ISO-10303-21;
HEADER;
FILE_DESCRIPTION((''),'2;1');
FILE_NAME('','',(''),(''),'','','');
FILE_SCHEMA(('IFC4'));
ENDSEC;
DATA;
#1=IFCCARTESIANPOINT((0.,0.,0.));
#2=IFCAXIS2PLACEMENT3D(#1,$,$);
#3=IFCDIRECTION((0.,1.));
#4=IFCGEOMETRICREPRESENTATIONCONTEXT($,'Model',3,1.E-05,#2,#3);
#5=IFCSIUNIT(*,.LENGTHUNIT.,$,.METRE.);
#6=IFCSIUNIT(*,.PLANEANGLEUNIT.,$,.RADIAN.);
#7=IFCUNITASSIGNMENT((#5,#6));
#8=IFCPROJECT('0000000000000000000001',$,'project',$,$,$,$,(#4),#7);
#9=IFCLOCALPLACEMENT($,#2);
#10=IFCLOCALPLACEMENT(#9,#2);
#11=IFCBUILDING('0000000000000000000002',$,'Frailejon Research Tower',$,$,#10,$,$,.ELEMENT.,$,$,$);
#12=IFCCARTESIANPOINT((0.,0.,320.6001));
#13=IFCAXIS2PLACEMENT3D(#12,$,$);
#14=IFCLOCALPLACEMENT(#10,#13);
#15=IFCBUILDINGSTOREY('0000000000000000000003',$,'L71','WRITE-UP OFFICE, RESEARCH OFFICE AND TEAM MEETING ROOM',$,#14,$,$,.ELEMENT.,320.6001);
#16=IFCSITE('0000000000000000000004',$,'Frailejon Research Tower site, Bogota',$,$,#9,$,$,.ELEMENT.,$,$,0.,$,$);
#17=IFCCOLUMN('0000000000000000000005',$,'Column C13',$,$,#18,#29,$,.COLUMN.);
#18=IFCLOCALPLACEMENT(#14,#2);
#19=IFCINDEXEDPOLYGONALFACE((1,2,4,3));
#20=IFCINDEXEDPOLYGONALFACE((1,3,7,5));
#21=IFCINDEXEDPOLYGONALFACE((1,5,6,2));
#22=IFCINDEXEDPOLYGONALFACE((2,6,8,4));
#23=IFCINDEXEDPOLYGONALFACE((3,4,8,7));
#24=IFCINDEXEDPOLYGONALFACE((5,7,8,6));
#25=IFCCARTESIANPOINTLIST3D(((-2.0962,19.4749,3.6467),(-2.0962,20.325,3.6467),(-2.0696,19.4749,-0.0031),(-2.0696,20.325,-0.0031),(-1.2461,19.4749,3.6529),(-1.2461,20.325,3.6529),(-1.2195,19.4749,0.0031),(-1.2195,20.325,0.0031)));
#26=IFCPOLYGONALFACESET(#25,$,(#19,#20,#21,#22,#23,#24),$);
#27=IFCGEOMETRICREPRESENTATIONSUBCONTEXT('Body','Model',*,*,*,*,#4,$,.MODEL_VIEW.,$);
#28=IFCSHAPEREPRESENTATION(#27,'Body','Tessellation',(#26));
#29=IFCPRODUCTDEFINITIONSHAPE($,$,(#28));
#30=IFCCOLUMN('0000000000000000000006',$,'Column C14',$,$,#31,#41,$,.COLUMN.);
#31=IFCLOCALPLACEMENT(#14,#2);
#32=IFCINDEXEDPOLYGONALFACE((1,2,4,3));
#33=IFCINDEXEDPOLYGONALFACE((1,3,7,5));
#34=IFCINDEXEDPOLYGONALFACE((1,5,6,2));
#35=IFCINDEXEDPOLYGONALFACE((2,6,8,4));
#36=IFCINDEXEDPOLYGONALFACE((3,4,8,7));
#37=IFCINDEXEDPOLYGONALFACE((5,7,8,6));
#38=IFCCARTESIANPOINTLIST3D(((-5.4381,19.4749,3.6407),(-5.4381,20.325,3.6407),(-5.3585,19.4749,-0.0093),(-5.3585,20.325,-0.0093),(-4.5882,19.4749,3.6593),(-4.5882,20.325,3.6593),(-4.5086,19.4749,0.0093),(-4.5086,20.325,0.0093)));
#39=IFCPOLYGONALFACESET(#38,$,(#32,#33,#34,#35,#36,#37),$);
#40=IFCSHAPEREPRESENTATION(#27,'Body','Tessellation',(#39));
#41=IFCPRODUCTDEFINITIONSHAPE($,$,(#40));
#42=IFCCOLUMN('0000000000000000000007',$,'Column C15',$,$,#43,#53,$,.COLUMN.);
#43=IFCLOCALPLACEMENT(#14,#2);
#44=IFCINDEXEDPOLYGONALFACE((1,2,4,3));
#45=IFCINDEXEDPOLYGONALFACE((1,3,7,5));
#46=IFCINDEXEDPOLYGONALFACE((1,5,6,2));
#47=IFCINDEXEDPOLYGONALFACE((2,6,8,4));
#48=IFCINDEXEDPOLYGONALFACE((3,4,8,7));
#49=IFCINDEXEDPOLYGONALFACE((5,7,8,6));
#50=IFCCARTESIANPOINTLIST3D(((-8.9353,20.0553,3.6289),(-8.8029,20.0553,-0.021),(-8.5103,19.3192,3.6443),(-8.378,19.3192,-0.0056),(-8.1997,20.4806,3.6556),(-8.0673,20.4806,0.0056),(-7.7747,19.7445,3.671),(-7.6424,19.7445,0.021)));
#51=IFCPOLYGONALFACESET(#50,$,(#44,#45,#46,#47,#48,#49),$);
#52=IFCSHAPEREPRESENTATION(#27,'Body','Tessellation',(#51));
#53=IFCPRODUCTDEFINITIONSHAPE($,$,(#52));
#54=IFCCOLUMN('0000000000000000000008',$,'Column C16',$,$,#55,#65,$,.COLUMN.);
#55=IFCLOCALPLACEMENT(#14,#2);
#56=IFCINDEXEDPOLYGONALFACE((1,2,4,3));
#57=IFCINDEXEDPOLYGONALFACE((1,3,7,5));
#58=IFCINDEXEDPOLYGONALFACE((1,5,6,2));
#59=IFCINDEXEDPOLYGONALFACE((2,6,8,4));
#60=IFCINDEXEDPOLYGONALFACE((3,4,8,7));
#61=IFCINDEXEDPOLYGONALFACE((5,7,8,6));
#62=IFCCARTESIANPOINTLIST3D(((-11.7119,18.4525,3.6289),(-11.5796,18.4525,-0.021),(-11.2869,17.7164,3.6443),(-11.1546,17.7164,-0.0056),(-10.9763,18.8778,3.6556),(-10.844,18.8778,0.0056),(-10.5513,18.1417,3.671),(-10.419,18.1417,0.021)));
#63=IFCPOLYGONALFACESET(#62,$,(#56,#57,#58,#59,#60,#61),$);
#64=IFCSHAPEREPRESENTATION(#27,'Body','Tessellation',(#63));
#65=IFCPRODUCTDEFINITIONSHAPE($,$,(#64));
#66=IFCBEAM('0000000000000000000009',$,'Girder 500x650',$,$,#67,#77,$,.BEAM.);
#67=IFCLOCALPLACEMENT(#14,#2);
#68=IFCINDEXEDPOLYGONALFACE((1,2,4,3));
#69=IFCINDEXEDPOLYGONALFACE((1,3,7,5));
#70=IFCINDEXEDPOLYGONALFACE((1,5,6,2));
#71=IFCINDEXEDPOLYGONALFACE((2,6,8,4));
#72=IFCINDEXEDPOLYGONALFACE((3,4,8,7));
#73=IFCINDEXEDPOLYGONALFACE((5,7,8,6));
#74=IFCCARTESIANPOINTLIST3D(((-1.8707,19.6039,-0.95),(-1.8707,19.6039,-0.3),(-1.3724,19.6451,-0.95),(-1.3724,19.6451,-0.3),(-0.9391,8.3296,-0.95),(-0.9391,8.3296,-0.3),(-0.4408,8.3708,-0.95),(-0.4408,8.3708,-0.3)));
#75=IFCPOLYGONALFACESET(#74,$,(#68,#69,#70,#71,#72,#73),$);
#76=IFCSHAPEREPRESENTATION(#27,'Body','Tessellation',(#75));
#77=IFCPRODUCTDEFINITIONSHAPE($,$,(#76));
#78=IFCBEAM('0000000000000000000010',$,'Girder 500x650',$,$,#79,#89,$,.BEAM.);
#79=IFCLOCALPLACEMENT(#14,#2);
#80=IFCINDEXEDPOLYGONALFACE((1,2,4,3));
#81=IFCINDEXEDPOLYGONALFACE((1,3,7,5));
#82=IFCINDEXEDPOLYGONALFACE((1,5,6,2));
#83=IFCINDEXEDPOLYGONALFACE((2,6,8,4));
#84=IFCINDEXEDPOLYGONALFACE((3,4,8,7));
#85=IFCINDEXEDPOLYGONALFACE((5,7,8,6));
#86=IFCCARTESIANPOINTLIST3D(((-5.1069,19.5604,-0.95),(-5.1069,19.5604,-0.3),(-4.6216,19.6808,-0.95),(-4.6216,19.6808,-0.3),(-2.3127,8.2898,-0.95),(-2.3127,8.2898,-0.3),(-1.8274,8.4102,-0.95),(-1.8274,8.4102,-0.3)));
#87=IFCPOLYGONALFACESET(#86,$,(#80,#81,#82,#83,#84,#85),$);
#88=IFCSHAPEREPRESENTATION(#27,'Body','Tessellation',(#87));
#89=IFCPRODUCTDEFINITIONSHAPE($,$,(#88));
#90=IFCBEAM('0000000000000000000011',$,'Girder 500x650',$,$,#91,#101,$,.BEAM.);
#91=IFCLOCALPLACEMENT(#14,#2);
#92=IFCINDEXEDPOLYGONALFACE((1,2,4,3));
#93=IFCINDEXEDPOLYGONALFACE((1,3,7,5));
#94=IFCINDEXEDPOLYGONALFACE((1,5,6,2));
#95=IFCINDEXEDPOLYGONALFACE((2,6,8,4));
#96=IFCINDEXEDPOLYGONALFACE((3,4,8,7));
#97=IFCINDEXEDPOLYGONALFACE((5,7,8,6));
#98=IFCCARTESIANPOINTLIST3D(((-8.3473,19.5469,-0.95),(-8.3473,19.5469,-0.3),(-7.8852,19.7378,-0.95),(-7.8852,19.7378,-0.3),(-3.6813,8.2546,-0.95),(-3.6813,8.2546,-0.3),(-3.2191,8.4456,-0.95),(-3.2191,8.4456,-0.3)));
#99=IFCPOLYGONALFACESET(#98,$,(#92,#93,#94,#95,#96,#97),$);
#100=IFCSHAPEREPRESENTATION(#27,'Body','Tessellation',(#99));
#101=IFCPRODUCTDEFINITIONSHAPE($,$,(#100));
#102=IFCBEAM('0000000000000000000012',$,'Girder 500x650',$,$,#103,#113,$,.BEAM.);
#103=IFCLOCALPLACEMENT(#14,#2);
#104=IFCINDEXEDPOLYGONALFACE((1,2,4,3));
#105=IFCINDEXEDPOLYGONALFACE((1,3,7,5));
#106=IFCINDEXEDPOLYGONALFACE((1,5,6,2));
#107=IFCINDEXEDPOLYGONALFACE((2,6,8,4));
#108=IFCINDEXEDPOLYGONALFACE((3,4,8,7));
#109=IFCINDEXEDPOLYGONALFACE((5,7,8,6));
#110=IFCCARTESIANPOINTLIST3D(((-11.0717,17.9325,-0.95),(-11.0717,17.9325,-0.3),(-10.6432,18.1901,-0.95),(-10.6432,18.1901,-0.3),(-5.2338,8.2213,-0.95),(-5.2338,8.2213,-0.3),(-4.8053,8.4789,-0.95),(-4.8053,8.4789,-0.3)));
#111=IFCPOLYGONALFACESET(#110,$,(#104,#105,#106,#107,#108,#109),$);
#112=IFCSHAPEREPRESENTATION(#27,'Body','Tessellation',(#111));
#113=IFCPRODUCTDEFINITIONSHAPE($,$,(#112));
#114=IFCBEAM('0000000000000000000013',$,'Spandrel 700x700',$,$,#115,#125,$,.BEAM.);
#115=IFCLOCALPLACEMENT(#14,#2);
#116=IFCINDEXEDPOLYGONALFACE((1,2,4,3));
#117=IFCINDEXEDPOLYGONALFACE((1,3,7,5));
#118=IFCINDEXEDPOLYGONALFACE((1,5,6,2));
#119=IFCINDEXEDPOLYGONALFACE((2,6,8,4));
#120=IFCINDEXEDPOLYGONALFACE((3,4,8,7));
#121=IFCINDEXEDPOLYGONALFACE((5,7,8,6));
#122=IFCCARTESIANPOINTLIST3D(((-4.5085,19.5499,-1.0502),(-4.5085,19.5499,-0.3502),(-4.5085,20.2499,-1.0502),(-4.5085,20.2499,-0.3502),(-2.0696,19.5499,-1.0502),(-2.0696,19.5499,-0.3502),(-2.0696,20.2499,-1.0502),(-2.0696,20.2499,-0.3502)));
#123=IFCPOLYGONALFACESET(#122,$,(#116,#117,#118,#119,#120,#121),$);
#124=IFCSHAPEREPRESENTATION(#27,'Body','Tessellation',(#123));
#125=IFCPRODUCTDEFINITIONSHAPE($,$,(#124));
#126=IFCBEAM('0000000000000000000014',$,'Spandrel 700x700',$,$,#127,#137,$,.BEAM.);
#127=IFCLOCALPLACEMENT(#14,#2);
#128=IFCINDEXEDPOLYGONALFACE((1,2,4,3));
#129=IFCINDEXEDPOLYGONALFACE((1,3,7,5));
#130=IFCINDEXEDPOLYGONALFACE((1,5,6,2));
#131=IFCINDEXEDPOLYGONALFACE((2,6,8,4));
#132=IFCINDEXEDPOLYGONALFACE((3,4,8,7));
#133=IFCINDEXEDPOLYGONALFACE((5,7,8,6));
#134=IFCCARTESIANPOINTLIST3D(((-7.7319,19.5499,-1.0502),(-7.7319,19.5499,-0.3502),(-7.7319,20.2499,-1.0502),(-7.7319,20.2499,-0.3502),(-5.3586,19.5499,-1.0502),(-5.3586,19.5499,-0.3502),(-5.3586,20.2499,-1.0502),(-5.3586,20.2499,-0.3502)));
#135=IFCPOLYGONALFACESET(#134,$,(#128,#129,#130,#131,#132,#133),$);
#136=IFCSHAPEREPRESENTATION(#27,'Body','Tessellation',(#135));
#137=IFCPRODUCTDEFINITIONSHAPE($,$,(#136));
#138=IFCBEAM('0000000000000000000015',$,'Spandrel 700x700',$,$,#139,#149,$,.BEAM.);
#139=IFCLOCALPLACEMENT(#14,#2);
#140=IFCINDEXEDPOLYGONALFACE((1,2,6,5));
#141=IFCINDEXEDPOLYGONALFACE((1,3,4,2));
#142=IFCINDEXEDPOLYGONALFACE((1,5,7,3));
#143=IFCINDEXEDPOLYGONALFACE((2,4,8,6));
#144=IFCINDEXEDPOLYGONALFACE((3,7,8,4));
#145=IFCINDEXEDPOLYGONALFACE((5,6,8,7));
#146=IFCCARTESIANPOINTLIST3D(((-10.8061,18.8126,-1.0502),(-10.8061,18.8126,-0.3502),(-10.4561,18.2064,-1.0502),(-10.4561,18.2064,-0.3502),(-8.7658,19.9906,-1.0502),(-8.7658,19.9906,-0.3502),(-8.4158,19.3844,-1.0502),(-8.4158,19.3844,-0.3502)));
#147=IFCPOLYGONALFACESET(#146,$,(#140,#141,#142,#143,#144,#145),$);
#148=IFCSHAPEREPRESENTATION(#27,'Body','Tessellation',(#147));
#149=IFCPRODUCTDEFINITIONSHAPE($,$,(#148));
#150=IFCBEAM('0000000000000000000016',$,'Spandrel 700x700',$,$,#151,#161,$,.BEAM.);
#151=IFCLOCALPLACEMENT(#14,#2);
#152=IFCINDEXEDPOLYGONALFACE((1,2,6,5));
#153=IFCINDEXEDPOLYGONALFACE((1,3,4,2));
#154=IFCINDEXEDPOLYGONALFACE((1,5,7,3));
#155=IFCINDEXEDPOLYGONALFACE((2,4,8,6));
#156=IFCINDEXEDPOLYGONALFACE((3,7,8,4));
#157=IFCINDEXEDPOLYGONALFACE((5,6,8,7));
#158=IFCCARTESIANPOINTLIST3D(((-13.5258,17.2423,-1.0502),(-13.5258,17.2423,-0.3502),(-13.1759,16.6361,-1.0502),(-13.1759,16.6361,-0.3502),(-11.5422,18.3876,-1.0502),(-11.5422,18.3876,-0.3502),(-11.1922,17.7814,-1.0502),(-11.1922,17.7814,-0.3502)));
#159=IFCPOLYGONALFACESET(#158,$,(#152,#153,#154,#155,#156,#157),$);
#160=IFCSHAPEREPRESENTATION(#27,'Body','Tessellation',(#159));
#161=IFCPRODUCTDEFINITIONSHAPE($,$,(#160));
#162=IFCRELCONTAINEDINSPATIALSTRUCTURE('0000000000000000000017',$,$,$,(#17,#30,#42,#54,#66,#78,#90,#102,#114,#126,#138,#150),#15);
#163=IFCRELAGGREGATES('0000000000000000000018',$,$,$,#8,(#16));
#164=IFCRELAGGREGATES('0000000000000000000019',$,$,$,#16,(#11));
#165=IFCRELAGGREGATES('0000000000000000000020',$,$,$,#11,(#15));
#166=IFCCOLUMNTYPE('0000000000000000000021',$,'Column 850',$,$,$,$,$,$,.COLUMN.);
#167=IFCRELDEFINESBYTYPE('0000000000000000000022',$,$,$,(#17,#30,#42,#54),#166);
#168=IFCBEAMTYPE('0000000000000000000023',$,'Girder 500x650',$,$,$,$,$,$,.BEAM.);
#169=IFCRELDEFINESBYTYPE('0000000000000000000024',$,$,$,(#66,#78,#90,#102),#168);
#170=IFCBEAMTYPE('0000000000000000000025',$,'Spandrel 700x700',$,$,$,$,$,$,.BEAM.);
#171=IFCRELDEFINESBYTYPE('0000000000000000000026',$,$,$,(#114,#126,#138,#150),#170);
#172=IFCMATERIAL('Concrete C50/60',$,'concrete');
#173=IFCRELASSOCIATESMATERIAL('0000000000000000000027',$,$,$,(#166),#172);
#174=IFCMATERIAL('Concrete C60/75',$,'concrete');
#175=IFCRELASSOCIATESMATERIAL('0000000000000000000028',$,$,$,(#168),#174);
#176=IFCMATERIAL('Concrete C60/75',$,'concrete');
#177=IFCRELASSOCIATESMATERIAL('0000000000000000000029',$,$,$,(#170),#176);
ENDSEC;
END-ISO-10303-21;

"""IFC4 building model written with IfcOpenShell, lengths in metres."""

from ifc_helpers import new_model, si_unit, direction, frame, origin, origin_2d, place, context, subcontext, project, spatial, rectangle, extrude, material, material_profile, profile_set, type_object, element, save


model = new_model("IFC4")

# Units and contexts
model_context = context("Model", 3, precision=1e-05, world=origin(), true_north=direction((0.0, 1.0)))
body_context = subcontext(model_context, "Body", "Model", "MODEL_VIEW")
ifc_project = project(units=[si_unit("LENGTHUNIT", "METRE"), si_unit("PLANEANGLEUNIT", "RADIAN")], contexts=[model_context])

# Site, building, storey
site_placement = place(None, origin())
site = spatial("IfcSite", under=ifc_project, at=site_placement, Name="Frailejon Research Tower site, Bogota", CompositionType="ELEMENT", RefElevation=0.0)
building_placement = place(site_placement, origin())
building = spatial("IfcBuilding", under=site, at=building_placement, Name="Frailejon Research Tower", CompositionType="ELEMENT")
storey_placement = place(building_placement, frame((0.0, 0.0, 320.6001)))
storey = spatial("IfcBuildingStorey", under=building, at=storey_placement, Name="L71", Description="WRITE-UP OFFICE, RESEARCH OFFICE AND TEAM MEETING ROOM", CompositionType="ELEMENT", Elevation=320.6001)

# Columns
ifc_material_1 = material(Name="Concrete C50/60", Category="concrete")
ifc_material_profile_1 = material_profile(ifc_material_1, rectangle(XDim=0.8501, YDim=0.8501, at=origin_2d()), Name="Column 850")
ifc_profile_set_1 = profile_set([ifc_material_profile_1], Name="Concrete C50/60")
column_type = type_object("IfcColumnType", Name="Column 850", PredefinedType="COLUMN", material=ifc_profile_set_1)
column_1_placement = place(storey_placement, frame((-1.6445, 19.8999, 0.0), z_axis=(-0.007291, 0.0, 0.999973), x_axis=(-0.999973, 0.0, -0.007291)))
element("IfcColumn", 1, at=column_1_placement, inside=storey, type_object=column_type, Name="Column C13", PredefinedType="COLUMN", context=body_context, shape_type="SweptSolid", body=[
    extrude(rectangle(XDim=0.8501, YDim=0.8501, at=origin_2d()), origin(), (0.0, 0.0, 1.0), 3.6499),
])
column_2_placement = place(storey_placement, frame((-4.9336, 19.8999, 0.0), z_axis=(-0.021801, 0.0, 0.999762), x_axis=(-0.999762, 0.0, -0.021801)))
element("IfcColumn", 2, at=column_2_placement, inside=storey, type_object=column_type, Name="Column C14", PredefinedType="COLUMN", context=body_context, shape_type="SweptSolid", body=[
    extrude(rectangle(XDim=0.8501, YDim=0.8501, at=origin_2d()), origin(), (0.0, 0.0, 1.0), 3.6509),
])
for number, where, z_axis, x_axis, name in (
    (3, (-8.2227, 19.8999, 0.0), (-0.03623, 0.0, 0.999343), (-0.865315, -0.500246, -0.031371), "Column C15"),
    (4, (-10.9993, 18.2971, 0.0), (-0.03623, 0.0, 0.999343), (-0.865315, -0.500246, -0.031371), "Column C16"),
):
    element("IfcColumn", number, at=place(storey_placement, frame(where, z_axis=z_axis, x_axis=x_axis)), inside=storey, type_object=column_type, Name=name, PredefinedType="COLUMN", context=body_context, shape_type="SweptSolid", body=[
        extrude(rectangle(XDim=0.8501, YDim=0.8501, at=origin_2d()), origin(), (0.0, 0.0, 1.0), 3.6523),
    ])

# Beams
ifc_material_2 = material(Name="Concrete C60/75", Category="concrete")
ifc_material_profile_2 = material_profile(ifc_material_2, rectangle(XDim=0.5, YDim=0.6499, at=origin_2d()), Name="Girder 500x650")
ifc_profile_set_2 = profile_set([ifc_material_profile_2], Name="Concrete C60/75")
beam_type_1 = type_object("IfcBeamType", Name="Girder 500x650", PredefinedType="BEAM", material=ifc_profile_set_2)
beam_1_placement = place(storey_placement, frame((-1.6216, 19.6245, -0.625), z_axis=(0.082352, -0.996603, 0.0), x_axis=(0.996603, 0.082352, 0.0)))
element("IfcBeam", 5, at=beam_1_placement, inside=storey, type_object=beam_type_1, Name="Girder 500x650", PredefinedType="BEAM", context=body_context, shape_type="SweptSolid", body=[
    extrude(rectangle(XDim=0.5, YDim=0.6499, at=origin_2d()), origin(), (0.0, 0.0, 1.0), 11.3127),
])
beam_2_placement = place(storey_placement, frame((-4.8643, 19.6206, -0.625), z_axis=(0.240635, -0.970616, 0.0), x_axis=(0.970616, 0.240635, 0.0)))
element("IfcBeam", 6, at=beam_2_placement, inside=storey, type_object=beam_type_1, Name="Girder 500x650", PredefinedType="BEAM", context=body_context, shape_type="SweptSolid", body=[
    extrude(rectangle(XDim=0.5, YDim=0.6499, at=origin_2d()), origin(), (0.0, 0.0, 1.0), 11.6118),
])
beam_3_placement = place(storey_placement, frame((-8.1162, 19.6423, -0.625), z_axis=(0.381888, -0.924209, 0.0), x_axis=(0.924209, 0.381888, 0.0)))
element("IfcBeam", 7, at=beam_3_placement, inside=storey, type_object=beam_type_1, Name="Girder 500x650", PredefinedType="BEAM", context=body_context, shape_type="SweptSolid", body=[
    extrude(rectangle(XDim=0.5, YDim=0.6499, at=origin_2d()), origin(), (0.0, 0.0, 1.0), 12.2183),
])
beam_4_placement = place(storey_placement, frame((-10.8574, 18.0613, -0.625), z_axis=(0.515221, -0.857057, 0.0), x_axis=(0.857057, 0.515221, 0.0)))
element("IfcBeam", 8, at=beam_4_placement, inside=storey, type_object=beam_type_1, Name="Girder 500x650", PredefinedType="BEAM", context=body_context, shape_type="SweptSolid", body=[
    extrude(rectangle(XDim=0.5, YDim=0.6499, at=origin_2d()), origin(), (0.0, 0.0, 1.0), 11.3308),
])
ifc_material_3 = material(Name="Concrete C60/75", Category="concrete")
ifc_material_profile_3 = material_profile(ifc_material_3, rectangle(XDim=0.7, YDim=0.7, at=origin_2d()), Name="Spandrel 700x700")
ifc_profile_set_3 = profile_set([ifc_material_profile_3], Name="Concrete C60/75")
beam_type_2 = type_object("IfcBeamType", Name="Spandrel 700x700", PredefinedType="BEAM", material=ifc_profile_set_3)
beam_5_placement = place(storey_placement, frame((-2.0696, 19.8999, -0.7002), z_axis=(-1.0, 0.0, 0.0), x_axis=(0.0, -1.0, 0.0)))
element("IfcBeam", 9, at=beam_5_placement, inside=storey, type_object=beam_type_2, Name="Spandrel 700x700", PredefinedType="BEAM", context=body_context, shape_type="SweptSolid", body=[
    extrude(rectangle(XDim=0.7, YDim=0.7, at=origin_2d()), origin(), (0.0, 0.0, 1.0), 2.439),
])
beam_6_placement = place(storey_placement, frame((-5.3586, 19.8999, -0.7002), z_axis=(-1.0, 0.0, 0.0), x_axis=(0.0, -1.0, 0.0)))
element("IfcBeam", 10, at=beam_6_placement, inside=storey, type_object=beam_type_2, Name="Spandrel 700x700", PredefinedType="BEAM", context=body_context, shape_type="SweptSolid", body=[
    extrude(rectangle(XDim=0.7, YDim=0.7, at=origin_2d()), origin(), (0.0, 0.0, 1.0), 2.3733),
])
beam_7_placement = place(storey_placement, frame((-8.5908, 19.6875, -0.7002), z_axis=(-0.866022, -0.500007, 0.0), x_axis=(0.500007, -0.866022, 0.0)))
element("IfcBeam", 11, at=beam_7_placement, inside=storey, type_object=beam_type_2, Name="Spandrel 700x700", PredefinedType="BEAM", context=body_context, shape_type="SweptSolid", body=[
    extrude(rectangle(XDim=0.7, YDim=0.7, at=origin_2d()), origin(), (0.0, 0.0, 1.0), 2.356),
])
beam_8_placement = place(storey_placement, frame((-11.3672, 18.0845, -0.7002), z_axis=(-0.866024, -0.500002, 0.0), x_axis=(0.500002, -0.866024, 0.0)))
element("IfcBeam", 12, at=beam_8_placement, inside=storey, type_object=beam_type_2, Name="Spandrel 700x700", PredefinedType="BEAM", context=body_context, shape_type="SweptSolid", body=[
    extrude(rectangle(XDim=0.7, YDim=0.7, at=origin_2d()), origin(), (0.0, 0.0, 1.0), 2.2905),
])

save(model, "model.ifc")
